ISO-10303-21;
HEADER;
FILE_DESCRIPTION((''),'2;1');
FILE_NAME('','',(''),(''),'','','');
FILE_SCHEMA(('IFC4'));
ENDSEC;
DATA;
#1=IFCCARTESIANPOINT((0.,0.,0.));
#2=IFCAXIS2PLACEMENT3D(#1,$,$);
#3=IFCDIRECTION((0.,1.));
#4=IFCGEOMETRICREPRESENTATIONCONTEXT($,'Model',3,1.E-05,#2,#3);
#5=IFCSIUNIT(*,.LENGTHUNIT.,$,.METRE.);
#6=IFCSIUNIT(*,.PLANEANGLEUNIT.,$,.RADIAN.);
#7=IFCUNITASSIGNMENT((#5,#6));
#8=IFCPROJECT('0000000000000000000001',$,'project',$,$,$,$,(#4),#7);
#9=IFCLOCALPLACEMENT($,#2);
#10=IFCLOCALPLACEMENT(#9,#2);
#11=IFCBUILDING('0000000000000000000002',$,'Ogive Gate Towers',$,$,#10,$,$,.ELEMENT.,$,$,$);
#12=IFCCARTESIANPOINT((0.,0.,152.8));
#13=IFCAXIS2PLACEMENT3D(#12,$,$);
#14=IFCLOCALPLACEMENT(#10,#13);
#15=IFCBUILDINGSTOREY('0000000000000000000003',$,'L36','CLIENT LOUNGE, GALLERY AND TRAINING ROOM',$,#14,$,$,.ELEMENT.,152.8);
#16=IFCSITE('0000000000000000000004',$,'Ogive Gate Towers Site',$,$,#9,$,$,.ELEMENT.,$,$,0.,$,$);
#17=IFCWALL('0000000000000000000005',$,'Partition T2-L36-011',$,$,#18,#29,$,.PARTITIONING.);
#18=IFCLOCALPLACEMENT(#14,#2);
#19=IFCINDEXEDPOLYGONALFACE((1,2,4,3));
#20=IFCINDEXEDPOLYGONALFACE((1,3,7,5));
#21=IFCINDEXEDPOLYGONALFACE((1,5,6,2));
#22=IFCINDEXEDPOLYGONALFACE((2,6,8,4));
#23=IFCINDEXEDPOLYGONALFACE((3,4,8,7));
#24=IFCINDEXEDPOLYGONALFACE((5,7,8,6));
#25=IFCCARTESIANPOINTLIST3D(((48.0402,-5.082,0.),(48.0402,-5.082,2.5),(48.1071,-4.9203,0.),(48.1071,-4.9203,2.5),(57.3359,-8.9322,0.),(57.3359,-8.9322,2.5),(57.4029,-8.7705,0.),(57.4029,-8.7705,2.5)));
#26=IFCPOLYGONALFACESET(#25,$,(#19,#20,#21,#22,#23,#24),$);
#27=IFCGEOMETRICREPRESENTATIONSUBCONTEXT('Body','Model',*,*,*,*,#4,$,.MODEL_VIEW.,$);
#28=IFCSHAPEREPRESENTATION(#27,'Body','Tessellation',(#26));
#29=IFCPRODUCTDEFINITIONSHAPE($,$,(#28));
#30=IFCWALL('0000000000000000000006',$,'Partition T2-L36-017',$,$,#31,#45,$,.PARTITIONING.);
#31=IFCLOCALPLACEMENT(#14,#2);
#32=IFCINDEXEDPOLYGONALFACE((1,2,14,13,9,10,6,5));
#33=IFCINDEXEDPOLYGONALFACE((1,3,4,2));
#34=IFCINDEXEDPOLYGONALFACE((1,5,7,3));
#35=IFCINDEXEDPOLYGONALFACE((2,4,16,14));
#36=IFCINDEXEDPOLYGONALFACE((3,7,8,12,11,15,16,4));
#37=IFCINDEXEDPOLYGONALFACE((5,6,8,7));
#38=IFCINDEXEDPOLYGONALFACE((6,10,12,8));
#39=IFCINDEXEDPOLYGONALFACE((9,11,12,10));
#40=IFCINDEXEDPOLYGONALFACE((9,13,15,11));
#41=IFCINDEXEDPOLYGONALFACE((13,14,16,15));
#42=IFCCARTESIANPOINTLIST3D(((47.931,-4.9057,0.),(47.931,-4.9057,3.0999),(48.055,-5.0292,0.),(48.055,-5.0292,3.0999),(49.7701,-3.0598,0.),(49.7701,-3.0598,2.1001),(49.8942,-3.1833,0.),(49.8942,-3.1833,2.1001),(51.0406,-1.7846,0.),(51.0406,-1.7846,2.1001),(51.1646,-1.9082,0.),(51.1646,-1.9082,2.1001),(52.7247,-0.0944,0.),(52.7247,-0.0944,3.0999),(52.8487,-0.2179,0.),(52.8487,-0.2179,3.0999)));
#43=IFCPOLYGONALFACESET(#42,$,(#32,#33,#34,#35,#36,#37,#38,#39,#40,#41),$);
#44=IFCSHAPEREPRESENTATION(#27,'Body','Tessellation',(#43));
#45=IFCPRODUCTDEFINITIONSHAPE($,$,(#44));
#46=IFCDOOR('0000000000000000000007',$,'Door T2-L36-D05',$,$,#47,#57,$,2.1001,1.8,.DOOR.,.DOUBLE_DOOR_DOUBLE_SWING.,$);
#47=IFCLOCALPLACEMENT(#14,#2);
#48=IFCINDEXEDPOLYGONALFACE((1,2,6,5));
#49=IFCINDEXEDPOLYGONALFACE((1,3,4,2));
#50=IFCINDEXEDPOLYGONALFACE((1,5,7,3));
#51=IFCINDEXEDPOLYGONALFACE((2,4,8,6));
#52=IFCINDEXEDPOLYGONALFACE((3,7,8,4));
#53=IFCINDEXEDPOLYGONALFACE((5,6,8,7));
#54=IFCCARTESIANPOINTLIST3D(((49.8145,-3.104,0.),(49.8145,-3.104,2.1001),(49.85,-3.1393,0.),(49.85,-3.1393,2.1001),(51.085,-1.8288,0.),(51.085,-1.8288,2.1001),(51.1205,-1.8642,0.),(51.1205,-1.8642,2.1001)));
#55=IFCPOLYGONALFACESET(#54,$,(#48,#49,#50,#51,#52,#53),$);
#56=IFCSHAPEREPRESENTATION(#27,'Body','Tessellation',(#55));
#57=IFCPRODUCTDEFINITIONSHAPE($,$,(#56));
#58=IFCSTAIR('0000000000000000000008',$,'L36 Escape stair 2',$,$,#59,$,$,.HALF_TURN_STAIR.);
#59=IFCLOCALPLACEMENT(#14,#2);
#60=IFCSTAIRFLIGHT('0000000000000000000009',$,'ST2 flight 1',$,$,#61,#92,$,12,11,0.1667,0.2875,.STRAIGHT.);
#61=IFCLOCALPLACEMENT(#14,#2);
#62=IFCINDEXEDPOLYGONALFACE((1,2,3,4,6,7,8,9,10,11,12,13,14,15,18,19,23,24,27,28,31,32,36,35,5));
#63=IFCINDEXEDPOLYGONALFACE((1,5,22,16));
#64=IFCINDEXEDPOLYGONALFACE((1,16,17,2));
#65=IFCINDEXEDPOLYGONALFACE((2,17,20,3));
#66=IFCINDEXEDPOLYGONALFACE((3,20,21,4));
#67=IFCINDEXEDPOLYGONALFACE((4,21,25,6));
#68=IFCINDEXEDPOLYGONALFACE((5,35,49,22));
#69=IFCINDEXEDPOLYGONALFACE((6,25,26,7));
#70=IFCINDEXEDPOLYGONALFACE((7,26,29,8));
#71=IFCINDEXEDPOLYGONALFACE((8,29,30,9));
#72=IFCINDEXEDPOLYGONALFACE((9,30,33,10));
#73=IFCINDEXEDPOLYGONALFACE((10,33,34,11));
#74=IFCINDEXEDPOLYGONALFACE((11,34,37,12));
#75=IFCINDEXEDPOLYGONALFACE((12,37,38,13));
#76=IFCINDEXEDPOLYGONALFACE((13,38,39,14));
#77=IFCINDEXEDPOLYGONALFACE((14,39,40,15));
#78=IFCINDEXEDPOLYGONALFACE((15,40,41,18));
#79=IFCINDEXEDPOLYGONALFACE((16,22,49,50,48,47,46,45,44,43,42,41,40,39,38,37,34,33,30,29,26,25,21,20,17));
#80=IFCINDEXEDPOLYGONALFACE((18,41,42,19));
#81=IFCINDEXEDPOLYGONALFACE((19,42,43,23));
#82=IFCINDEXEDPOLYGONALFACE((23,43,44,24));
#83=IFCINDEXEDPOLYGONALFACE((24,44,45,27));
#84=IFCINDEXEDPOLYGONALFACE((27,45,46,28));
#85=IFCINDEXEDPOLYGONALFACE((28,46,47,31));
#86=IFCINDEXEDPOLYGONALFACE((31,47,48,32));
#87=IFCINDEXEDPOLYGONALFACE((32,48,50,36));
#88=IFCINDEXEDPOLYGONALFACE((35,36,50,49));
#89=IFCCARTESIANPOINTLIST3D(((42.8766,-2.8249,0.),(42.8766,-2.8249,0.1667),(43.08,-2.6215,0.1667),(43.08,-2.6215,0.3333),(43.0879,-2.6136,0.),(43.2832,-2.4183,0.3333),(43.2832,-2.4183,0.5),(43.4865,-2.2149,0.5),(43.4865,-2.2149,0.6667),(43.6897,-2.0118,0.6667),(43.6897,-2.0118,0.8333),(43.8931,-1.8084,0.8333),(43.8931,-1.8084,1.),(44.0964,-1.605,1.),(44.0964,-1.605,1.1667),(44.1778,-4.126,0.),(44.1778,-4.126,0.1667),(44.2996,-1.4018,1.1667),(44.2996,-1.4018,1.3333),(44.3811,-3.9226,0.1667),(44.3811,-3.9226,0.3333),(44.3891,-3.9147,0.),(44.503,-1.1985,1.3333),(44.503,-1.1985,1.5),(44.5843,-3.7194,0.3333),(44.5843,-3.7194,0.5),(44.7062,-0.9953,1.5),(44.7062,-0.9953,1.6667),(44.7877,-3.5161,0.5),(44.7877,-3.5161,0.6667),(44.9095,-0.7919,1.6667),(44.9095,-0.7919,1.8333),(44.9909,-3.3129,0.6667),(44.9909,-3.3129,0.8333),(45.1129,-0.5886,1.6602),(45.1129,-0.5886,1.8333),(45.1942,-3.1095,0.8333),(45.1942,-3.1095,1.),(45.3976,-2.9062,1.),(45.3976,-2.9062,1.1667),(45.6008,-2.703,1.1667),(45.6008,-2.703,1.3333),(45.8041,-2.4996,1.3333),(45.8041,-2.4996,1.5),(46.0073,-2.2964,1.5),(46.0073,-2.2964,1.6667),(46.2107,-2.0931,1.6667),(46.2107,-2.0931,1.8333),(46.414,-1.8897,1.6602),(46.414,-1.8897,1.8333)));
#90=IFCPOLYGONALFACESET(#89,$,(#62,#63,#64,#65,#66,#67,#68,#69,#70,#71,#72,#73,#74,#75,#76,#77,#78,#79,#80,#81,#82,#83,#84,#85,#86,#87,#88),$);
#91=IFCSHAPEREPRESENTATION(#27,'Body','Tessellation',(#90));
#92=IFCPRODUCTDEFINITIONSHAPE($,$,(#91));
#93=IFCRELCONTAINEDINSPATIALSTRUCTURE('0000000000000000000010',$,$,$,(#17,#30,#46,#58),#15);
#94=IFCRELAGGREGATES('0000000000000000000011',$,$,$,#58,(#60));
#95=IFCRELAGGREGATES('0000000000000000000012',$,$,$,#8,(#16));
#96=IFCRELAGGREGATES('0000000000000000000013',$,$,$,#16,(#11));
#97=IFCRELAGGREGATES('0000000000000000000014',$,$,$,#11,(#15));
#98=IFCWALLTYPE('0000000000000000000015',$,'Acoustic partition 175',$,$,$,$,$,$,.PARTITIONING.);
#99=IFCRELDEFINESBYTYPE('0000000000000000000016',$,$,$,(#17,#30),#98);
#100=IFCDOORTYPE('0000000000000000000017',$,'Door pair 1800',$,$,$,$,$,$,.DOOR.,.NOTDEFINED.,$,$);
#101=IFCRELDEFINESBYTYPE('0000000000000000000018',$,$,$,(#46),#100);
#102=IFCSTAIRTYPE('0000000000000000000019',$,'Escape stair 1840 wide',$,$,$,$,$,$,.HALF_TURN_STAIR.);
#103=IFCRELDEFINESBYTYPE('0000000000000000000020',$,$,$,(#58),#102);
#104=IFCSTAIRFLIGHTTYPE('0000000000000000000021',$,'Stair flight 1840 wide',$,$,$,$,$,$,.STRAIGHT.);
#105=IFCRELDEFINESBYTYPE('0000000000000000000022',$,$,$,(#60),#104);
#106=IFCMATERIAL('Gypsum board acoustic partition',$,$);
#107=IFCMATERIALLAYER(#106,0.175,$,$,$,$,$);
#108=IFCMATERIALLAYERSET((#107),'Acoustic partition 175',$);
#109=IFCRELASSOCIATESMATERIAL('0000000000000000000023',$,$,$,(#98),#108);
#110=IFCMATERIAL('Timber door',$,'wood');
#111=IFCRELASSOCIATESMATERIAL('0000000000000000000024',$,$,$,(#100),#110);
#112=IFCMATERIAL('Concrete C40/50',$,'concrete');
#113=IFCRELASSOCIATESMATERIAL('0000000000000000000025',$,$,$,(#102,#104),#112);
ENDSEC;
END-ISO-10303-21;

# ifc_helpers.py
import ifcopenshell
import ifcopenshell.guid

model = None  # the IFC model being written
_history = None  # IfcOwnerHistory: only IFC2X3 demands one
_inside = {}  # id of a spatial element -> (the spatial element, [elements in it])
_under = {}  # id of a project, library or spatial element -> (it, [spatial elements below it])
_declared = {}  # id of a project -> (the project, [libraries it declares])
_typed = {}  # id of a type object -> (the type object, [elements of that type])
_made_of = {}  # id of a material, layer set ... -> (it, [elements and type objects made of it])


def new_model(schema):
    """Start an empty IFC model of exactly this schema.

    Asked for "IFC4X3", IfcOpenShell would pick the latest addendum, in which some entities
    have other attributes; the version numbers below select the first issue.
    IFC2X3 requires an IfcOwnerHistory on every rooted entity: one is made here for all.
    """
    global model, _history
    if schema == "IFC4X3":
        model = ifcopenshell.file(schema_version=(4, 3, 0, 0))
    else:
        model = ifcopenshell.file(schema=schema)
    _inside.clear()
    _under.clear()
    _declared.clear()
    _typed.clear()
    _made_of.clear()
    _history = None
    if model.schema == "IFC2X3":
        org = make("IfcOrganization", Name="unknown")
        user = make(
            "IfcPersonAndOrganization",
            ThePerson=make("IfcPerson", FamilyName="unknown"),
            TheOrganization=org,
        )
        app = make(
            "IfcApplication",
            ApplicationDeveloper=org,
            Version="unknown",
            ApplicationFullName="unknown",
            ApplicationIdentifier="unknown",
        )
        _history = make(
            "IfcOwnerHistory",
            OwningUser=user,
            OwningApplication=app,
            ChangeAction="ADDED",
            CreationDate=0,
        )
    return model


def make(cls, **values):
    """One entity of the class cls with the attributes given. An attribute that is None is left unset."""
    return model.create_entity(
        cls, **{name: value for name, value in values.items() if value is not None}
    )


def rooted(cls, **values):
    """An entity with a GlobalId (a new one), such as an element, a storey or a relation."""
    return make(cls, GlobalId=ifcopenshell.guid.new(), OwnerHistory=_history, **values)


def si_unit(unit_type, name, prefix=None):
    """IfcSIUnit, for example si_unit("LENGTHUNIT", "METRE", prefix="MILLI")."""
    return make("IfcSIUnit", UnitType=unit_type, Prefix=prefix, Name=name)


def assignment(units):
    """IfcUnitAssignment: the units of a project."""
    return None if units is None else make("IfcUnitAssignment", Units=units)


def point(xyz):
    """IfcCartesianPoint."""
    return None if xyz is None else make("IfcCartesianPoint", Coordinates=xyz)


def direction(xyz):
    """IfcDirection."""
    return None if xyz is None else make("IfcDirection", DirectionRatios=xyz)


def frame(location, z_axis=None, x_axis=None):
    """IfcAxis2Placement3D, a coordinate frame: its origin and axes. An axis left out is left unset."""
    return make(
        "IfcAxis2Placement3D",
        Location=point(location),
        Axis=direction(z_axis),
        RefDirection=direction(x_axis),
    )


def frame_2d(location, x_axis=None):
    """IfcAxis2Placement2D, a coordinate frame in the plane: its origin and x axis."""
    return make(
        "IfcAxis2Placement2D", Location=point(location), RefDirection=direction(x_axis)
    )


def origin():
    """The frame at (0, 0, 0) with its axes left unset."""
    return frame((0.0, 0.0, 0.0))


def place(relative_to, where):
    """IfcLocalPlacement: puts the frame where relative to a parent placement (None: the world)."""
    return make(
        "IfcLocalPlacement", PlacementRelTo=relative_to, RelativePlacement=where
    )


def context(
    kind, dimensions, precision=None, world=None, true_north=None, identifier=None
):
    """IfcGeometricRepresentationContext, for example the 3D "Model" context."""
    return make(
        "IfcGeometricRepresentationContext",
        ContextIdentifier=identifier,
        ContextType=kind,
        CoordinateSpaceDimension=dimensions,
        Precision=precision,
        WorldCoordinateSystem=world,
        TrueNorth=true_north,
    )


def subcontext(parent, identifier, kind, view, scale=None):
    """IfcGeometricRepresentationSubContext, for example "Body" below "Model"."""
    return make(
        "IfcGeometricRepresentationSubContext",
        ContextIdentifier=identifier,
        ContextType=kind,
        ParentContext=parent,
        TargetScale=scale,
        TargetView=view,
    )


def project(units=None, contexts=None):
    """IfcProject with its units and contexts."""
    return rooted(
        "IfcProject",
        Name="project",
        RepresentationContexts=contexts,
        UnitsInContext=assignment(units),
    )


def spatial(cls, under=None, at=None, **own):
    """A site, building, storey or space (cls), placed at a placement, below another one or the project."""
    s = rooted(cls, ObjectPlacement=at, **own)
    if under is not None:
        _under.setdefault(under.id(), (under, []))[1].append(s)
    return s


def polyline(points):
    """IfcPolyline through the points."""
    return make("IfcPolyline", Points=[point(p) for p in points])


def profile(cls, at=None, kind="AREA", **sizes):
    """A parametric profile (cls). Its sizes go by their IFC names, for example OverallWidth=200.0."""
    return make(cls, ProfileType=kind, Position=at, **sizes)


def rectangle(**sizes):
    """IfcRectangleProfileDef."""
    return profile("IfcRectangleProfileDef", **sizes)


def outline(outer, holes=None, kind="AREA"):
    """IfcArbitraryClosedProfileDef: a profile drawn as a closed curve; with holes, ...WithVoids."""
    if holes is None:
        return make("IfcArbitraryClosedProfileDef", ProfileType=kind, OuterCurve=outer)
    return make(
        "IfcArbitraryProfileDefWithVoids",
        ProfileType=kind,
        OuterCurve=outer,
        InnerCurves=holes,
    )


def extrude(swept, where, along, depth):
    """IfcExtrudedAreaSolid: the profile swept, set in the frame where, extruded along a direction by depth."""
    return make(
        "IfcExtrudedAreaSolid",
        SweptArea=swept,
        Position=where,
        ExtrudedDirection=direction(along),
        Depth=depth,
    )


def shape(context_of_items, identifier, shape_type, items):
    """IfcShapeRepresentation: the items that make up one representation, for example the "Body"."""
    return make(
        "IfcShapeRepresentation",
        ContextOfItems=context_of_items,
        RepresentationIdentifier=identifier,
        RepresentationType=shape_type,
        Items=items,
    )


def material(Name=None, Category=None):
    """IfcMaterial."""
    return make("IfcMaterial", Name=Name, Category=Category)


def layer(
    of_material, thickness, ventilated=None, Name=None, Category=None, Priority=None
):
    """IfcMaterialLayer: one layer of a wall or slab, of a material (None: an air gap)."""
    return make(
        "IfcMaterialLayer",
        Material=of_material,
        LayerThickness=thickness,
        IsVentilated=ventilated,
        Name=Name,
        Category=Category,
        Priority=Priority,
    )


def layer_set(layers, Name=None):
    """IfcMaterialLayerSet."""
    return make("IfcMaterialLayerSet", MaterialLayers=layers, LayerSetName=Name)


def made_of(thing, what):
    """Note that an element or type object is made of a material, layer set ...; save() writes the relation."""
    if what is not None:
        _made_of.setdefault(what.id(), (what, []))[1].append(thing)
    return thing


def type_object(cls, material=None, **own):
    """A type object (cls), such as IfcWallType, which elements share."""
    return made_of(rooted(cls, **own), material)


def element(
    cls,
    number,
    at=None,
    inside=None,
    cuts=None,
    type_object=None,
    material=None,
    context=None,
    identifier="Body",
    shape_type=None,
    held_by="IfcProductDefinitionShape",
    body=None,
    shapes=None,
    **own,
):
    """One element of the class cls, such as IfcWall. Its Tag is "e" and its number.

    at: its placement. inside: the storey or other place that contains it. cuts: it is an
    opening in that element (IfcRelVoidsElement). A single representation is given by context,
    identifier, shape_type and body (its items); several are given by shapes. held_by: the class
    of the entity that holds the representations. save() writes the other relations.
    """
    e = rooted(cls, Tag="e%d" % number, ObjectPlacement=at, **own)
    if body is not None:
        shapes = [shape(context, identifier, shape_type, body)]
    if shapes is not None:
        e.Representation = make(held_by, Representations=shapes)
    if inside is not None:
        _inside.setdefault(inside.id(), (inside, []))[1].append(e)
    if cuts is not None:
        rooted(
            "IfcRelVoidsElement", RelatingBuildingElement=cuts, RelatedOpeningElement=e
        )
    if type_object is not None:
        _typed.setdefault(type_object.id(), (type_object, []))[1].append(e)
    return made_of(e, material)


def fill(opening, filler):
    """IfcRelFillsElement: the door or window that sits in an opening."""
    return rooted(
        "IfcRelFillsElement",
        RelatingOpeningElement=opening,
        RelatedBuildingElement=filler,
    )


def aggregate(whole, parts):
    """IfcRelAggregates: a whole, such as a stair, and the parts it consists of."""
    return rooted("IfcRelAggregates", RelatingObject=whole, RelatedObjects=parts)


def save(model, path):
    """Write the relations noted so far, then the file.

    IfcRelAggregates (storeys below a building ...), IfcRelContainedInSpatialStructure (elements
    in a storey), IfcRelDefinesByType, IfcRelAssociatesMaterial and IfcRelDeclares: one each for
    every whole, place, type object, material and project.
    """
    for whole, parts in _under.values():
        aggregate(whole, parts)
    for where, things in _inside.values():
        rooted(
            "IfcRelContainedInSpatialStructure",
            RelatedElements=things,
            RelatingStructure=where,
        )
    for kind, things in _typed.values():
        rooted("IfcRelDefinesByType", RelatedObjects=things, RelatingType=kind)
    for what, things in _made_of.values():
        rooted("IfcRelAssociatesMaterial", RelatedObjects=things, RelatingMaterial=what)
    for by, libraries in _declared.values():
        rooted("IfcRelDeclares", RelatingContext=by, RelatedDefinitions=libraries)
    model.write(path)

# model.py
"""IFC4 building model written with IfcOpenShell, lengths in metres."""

from ifc_helpers import new_model, si_unit, direction, frame, frame_2d, origin, place, context, subcontext, project, spatial, polyline, rectangle, outline, extrude, material, layer, layer_set, type_object, element, fill, aggregate, save


model = new_model("IFC4")

# Units and contexts
model_context = context("Model", 3, precision=1e-05, world=origin(), true_north=direction((0.0, 1.0)))
body_context = subcontext(model_context, "Body", "Model", "MODEL_VIEW")
ifc_project = project(units=[si_unit("LENGTHUNIT", "METRE"), si_unit("PLANEANGLEUNIT", "RADIAN")], contexts=[model_context])

# Site, building, storey
site_placement = place(None, origin())
site = spatial("IfcSite", under=ifc_project, at=site_placement, Name="Ogive Gate Towers Site", CompositionType="ELEMENT", RefElevation=0.0)
building_placement = place(site_placement, origin())
building = spatial("IfcBuilding", under=site, at=building_placement, Name="Ogive Gate Towers", CompositionType="ELEMENT")
storey_placement = place(building_placement, frame((0.0, 0.0, 152.8)))
storey = spatial("IfcBuildingStorey", under=building, at=storey_placement, Name="L36", Description="CLIENT LOUNGE, GALLERY AND TRAINING ROOM", CompositionType="ELEMENT", Elevation=152.8)

# Wall
ifc_material_1 = material(Name="Gypsum board acoustic partition")
ifc_layer_1 = layer(ifc_material_1, 0.175)
ifc_layer_set_1 = layer_set([ifc_layer_1], Name="Acoustic partition 175")
wall_type = type_object("IfcWallType", Name="Acoustic partition 175", PredefinedType="PARTITIONING", material=ifc_layer_set_1)
for number, where, z_axis, x_axis, name in (
    (1, (57.3694, -8.8513, 0.0), (0.0, 0.0, 1.0), (-0.92389, 0.382659, 0.0), "Partition T2-L36-011"),
):
    element("IfcWall", number, at=place(storey_placement, frame(where, z_axis=z_axis, x_axis=x_axis)), inside=storey, type_object=wall_type, Name=name, PredefinedType="PARTITIONING", context=body_context, shape_type="SweptSolid", body=[
        extrude(rectangle(XDim=10.0615, YDim=0.175, at=frame_2d((5.0308, 0.0))), origin(), (0.0, 0.0, 1.0), 2.5),
    ])

# Wall, opening, door
wall_placement = place(storey_placement, frame((47.9929, -4.9675, 0.0), z_axis=(0.0, 0.0, 1.0), x_axis=(0.705812, 0.7084, 0.0)))
wall = element("IfcWall", 2, at=wall_placement, inside=storey, type_object=wall_type, Name="Partition T2-L36-017", PredefinedType="PARTITIONING", context=body_context, shape_type="SweptSolid", body=[
    extrude(rectangle(XDim=6.7917, YDim=0.175, at=frame_2d((3.396, 0.0))), origin(), (0.0, 0.0, 1.0), 3.0999),
])
opening_placement = place(wall_placement, frame((2.606, 0.0, 0.0)))
opening = element("IfcOpeningElement", 3, at=opening_placement, cuts=wall, PredefinedType="OPENING", context=body_context, shape_type="SweptSolid", body=[
    extrude(rectangle(XDim=1.8, YDim=2.1001, at=frame_2d((0.8999, 1.05))), frame((0.0, 0.0977, 0.0), z_axis=(0.0, -1.0, 0.0), x_axis=(1.0, 0.0, 0.0)), (0.0, 0.0, 1.0), 0.1951),
])
ifc_material_2 = material(Name="Timber door", Category="wood")
door_type = type_object("IfcDoorType", Name="Door pair 1800", OperationType="NOTDEFINED", PredefinedType="DOOR", material=ifc_material_2)
door_placement = place(opening_placement, origin())
door = element("IfcDoor", 4, at=door_placement, inside=storey, type_object=door_type, Name="Door T2-L36-D05", OperationType="DOUBLE_DOOR_DOUBLE_SWING", OverallHeight=2.1001, OverallWidth=1.8, PredefinedType="DOOR", context=body_context, shape_type="SweptSolid", body=[
    extrude(rectangle(XDim=1.8, YDim=2.1001, at=frame_2d((0.8999, 1.05))), frame((0.0, 0.0249, 0.0), z_axis=(0.0, -1.0, 0.0), x_axis=(1.0, 0.0, 0.0)), (0.0, 0.0, 1.0), 0.05),
])
fill(opening, door)

# Stair, stair flight
ifc_material_3 = material(Name="Concrete C40/50", Category="concrete")
stair_type = type_object("IfcStairType", Name="Escape stair 1840 wide", PredefinedType="HALF_TURN_STAIR", material=ifc_material_3)
stair_placement = place(storey_placement, origin())
stair = element("IfcStair", 5, at=stair_placement, inside=storey, type_object=stair_type, Name="L36 Escape stair 2", PredefinedType="HALF_TURN_STAIR")
stair_flight_type = type_object("IfcStairFlightType", Name="Stair flight 1840 wide", PredefinedType="STRAIGHT", material=ifc_material_3)
stair_flight_placement = place(storey_placement, frame((43.5271, -3.4753, 0.0), z_axis=(0.0, 0.0, 1.0), x_axis=(0.707107, 0.707107, 0.0)))
stair_flight = element("IfcStairFlight", 6, at=stair_flight_placement, type_object=stair_flight_type, Name="ST2 flight 1", NumberOfRisers=12, NumberOfTreads=11, PredefinedType="STRAIGHT", RiserHeight=0.1667, TreadLength=0.2875, context=body_context, shape_type="SweptSolid", body=[
    extrude(outline(polyline([(0.0, 0.0), (0.0, 0.1667), (0.2876, 0.1667), (0.2876, 0.3333), (0.575, 0.3333), (0.575, 0.5), (0.8625, 0.5), (0.8625, 0.6667), (1.1499, 0.6667), (1.1499, 0.8333), (1.4375, 0.8333), (1.4375, 1.0), (1.7251, 1.0), (1.7251, 1.1667), (2.0125, 1.1667), (2.0125, 1.3333), (2.3, 1.3333), (2.3, 1.5), (2.5874, 1.5), (2.5874, 1.6667), (2.875, 1.6667), (2.875, 1.8333), (3.1626, 1.8333), (3.1626, 2.0), (3.1626, 1.6602), (0.2988, 0.0), (0.0, 0.0)])), frame((0.0, 0.9199, 0.0), z_axis=(0.0, -1.0, 0.0), x_axis=(1.0, 0.0, 0.0)), (0.0, 0.0, 1.0), 1.8401),
])
aggregate(stair, [stair_flight])

save(model, "model.ifc")
